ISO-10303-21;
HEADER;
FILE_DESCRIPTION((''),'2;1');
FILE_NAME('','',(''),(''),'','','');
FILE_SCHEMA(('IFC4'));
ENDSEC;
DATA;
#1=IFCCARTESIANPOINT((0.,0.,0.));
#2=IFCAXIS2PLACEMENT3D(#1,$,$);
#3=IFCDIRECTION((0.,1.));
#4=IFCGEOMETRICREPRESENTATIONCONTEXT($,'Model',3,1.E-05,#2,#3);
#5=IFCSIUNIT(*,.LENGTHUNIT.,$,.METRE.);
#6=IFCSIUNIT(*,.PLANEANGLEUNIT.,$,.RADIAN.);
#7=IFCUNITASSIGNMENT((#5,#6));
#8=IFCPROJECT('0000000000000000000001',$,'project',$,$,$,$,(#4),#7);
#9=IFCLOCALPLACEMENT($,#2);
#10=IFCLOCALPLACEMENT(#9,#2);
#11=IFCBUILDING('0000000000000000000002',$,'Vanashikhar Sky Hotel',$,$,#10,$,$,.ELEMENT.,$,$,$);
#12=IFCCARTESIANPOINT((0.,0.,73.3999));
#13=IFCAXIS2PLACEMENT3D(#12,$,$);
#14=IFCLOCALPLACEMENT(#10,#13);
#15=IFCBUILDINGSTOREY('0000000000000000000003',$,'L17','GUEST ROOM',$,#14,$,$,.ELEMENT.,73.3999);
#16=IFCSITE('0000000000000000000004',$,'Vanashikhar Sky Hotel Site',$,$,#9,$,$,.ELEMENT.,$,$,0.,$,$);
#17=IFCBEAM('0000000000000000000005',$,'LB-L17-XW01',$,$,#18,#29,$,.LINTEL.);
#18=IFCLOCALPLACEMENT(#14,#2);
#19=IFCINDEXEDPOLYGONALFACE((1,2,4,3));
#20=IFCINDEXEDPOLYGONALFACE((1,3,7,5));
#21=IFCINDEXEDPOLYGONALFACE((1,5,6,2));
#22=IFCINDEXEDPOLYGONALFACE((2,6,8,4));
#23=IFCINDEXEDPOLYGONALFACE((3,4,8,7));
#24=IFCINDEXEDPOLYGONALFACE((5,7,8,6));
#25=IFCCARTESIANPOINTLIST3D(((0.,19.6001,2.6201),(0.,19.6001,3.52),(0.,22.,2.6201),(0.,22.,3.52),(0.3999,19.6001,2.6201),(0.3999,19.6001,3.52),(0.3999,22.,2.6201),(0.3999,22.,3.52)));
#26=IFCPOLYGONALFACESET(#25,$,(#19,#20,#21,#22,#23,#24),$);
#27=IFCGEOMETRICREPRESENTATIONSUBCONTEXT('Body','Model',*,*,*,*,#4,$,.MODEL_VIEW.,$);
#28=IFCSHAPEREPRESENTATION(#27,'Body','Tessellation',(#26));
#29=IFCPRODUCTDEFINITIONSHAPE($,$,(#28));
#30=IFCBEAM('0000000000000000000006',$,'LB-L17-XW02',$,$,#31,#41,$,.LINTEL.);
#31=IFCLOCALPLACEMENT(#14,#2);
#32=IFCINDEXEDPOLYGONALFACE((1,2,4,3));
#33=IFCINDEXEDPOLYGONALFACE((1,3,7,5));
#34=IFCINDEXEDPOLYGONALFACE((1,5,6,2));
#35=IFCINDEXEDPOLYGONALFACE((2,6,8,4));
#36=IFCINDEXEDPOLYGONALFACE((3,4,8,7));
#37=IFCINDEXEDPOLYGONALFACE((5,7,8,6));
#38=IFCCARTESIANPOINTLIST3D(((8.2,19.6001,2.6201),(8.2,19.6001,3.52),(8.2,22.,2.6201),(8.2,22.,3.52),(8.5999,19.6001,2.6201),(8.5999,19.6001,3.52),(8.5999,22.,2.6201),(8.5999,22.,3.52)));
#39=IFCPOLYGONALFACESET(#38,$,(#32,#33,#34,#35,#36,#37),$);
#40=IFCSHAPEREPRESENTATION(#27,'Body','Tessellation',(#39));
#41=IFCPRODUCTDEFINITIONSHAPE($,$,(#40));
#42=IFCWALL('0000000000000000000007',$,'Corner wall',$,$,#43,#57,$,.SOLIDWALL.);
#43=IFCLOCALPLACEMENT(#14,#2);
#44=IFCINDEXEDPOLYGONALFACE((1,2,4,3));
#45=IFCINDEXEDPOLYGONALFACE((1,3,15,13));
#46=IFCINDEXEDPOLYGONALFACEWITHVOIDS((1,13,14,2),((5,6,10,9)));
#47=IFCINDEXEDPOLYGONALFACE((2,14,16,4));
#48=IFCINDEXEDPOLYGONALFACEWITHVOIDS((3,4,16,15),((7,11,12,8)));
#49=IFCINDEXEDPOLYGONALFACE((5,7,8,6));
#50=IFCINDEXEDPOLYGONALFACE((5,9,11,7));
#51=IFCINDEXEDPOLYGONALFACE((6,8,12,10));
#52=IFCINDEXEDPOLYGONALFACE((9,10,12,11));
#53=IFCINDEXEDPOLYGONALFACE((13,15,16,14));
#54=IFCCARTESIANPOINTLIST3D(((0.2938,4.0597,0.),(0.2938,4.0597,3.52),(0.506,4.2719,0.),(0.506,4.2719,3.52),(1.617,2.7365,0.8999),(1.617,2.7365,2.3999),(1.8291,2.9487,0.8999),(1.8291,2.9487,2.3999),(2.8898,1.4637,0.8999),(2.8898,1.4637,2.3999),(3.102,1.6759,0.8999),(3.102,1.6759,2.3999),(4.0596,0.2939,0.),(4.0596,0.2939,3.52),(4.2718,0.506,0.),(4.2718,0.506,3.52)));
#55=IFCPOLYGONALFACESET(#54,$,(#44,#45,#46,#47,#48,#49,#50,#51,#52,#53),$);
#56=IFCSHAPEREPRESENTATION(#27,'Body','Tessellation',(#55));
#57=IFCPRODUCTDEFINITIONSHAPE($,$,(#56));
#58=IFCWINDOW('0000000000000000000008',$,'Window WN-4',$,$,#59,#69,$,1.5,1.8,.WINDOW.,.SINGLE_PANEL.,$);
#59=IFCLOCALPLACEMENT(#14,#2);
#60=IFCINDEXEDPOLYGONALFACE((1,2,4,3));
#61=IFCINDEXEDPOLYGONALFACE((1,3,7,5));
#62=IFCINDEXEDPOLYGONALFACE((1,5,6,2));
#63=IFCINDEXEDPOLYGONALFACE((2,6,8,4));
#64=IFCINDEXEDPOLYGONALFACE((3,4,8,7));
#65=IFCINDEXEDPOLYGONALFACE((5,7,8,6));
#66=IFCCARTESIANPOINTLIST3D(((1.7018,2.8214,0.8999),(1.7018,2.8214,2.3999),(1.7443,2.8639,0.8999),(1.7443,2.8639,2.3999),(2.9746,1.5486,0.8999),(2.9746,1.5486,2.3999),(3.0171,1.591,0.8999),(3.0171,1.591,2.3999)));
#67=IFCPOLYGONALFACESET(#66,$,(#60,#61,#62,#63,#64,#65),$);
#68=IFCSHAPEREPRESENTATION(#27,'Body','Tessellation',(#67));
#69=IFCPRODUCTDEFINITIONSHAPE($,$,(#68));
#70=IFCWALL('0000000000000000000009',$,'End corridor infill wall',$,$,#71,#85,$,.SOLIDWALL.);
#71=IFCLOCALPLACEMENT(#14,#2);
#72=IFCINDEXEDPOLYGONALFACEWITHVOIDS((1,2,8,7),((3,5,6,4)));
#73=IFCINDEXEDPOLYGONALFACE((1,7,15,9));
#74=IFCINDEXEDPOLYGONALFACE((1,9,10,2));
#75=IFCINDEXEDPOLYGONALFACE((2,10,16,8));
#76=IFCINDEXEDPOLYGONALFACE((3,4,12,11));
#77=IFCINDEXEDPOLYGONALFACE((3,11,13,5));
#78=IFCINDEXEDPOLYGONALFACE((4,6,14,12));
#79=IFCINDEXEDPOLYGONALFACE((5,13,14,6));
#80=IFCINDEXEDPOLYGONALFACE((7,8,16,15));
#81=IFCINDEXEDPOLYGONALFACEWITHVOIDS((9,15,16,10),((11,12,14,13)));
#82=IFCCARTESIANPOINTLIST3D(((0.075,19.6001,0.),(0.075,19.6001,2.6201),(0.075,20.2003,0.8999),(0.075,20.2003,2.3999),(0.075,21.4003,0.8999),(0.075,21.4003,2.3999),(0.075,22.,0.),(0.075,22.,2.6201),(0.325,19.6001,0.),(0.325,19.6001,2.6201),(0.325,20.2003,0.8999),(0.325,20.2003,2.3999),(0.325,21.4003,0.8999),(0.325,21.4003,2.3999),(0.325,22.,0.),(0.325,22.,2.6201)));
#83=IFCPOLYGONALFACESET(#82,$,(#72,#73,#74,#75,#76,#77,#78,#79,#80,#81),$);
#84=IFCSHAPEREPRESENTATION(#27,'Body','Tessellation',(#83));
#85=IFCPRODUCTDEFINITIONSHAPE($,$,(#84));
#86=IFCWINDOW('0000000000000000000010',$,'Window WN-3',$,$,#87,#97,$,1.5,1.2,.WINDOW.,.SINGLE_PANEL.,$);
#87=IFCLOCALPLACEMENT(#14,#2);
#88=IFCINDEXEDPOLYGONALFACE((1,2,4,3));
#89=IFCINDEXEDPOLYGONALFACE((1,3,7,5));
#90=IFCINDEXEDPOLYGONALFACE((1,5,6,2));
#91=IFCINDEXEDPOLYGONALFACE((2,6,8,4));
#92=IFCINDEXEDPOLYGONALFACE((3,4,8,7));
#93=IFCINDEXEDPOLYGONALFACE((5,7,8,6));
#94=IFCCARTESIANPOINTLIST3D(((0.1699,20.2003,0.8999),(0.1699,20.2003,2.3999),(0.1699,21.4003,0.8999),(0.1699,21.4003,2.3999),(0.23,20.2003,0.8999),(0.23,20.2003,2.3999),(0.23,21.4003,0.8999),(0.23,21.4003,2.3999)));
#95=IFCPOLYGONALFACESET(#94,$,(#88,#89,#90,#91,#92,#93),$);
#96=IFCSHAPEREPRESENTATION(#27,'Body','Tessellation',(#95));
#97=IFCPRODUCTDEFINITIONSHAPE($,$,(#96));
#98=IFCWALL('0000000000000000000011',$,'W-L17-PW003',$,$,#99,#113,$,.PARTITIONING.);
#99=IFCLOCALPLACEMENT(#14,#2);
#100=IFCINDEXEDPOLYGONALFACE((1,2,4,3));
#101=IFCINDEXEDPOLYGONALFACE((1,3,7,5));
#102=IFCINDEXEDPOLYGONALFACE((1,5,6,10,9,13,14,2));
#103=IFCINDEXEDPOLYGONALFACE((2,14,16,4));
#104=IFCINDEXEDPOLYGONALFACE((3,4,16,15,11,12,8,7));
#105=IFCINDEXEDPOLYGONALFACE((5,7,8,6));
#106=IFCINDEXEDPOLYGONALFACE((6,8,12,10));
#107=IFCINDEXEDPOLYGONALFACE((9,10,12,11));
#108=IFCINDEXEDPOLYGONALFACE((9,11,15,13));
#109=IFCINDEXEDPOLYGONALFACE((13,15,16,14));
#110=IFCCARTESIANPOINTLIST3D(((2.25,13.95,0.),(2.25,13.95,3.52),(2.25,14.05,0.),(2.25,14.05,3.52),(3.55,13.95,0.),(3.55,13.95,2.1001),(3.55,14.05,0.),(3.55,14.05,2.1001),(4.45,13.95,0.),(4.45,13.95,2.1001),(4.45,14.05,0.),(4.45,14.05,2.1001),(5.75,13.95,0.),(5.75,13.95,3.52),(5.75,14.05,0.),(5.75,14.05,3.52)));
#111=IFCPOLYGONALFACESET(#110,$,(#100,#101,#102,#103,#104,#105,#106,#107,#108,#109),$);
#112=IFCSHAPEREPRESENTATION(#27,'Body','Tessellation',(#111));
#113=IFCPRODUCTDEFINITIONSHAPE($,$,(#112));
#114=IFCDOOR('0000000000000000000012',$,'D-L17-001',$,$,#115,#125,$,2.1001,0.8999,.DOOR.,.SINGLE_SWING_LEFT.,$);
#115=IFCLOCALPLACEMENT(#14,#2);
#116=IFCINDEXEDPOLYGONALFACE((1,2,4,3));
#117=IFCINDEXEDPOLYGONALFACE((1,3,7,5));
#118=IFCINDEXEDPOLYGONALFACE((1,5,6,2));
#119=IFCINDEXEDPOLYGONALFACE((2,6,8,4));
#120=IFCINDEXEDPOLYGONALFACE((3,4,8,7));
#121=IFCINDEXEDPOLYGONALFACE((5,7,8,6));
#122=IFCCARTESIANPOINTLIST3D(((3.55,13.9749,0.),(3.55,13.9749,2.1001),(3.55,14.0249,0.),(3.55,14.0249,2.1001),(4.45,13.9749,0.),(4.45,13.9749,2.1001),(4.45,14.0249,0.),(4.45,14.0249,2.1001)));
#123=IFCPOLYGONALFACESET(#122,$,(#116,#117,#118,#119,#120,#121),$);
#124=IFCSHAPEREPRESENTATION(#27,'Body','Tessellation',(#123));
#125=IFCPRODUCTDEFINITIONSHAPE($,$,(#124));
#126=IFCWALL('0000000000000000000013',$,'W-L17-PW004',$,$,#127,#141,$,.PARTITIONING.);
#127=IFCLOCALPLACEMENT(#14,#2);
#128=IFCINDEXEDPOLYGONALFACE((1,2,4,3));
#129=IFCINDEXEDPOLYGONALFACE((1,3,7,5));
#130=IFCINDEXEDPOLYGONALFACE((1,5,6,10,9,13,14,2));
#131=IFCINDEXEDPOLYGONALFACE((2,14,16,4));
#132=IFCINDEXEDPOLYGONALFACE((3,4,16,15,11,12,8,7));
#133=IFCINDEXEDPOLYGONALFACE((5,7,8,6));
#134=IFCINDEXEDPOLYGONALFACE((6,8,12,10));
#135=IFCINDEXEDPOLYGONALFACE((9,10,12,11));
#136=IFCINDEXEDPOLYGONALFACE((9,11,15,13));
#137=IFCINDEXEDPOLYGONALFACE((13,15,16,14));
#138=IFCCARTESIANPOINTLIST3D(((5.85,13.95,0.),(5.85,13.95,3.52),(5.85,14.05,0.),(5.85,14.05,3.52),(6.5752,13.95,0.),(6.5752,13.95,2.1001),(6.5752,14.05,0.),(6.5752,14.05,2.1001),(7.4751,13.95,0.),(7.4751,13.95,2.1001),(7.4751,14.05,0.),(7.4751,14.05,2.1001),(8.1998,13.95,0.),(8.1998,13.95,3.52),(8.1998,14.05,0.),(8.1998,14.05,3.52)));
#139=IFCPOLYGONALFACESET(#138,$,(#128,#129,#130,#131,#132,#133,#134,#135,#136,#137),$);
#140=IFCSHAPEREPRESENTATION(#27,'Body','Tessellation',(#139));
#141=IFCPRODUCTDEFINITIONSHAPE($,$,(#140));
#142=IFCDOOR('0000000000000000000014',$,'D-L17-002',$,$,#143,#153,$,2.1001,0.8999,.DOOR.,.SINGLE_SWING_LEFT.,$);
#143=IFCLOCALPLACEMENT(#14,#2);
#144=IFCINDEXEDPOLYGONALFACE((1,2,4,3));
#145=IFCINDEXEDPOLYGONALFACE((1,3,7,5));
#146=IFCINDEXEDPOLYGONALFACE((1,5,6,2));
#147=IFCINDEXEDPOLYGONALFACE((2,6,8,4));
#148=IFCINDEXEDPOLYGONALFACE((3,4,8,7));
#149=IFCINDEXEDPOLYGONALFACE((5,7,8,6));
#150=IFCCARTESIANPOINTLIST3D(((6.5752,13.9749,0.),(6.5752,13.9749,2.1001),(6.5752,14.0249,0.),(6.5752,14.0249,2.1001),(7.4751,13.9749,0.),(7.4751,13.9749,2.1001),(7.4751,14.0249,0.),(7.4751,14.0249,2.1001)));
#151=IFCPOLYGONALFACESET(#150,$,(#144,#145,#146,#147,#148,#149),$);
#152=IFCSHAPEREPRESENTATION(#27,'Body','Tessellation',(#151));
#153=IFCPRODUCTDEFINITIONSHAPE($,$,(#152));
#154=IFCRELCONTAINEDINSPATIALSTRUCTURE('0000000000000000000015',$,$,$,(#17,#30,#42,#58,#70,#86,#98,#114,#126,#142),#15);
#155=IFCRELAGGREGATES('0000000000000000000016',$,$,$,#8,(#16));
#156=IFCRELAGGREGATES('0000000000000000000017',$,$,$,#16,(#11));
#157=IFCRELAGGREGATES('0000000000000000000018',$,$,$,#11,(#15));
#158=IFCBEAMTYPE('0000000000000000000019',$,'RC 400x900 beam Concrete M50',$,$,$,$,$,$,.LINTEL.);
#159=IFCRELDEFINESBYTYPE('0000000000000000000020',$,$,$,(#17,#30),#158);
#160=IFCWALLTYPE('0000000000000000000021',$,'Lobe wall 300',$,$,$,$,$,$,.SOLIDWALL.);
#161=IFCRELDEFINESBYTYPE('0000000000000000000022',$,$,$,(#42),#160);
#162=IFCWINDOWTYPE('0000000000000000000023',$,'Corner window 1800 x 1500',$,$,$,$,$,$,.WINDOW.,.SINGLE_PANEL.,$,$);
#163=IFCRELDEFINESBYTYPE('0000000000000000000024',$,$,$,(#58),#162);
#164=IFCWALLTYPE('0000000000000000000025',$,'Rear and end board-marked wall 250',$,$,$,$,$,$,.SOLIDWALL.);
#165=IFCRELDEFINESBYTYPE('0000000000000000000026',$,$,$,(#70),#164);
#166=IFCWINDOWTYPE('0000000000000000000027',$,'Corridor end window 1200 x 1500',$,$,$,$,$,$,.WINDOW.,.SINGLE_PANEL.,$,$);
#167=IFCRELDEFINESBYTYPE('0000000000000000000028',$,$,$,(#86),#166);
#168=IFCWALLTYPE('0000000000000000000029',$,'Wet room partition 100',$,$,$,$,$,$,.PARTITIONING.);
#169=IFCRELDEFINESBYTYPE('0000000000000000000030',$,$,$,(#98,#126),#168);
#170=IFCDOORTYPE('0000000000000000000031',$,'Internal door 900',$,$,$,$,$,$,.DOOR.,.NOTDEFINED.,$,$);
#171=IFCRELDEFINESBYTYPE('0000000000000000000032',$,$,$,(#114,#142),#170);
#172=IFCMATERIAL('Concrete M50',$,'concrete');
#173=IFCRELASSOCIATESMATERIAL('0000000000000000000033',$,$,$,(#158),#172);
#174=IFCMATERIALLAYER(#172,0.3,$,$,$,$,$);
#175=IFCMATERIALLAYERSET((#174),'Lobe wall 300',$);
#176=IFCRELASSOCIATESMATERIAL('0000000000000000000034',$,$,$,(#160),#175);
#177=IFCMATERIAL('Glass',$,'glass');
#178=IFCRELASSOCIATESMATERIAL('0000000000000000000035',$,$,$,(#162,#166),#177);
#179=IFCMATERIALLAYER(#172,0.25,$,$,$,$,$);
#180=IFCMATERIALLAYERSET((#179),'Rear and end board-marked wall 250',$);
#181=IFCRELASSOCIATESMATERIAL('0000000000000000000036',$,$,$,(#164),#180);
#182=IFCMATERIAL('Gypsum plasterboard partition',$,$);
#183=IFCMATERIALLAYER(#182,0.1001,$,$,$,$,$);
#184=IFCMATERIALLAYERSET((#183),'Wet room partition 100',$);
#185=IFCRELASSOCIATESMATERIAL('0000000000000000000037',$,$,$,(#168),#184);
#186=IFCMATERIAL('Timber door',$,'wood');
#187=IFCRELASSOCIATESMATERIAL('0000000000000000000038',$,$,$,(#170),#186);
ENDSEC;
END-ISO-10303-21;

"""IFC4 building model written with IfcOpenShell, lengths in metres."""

from ifc_helpers import new_model, si_unit, direction, frame, frame_2d, origin, origin_2d, place, context, subcontext, project, spatial, rectangle, extrude, source, transform, mapped, material, layer, layer_set, material_profile, profile_set, type_object, element, fill, save


model = new_model("IFC4")

# Units and contexts
model_context = context("Model", 3, precision=1e-05, world=origin(), true_north=direction((0.0, 1.0)))
body_context = subcontext(model_context, "Body", "Model", "MODEL_VIEW")
ifc_project = project(units=[si_unit("LENGTHUNIT", "METRE"), si_unit("PLANEANGLEUNIT", "RADIAN")], contexts=[model_context])

# Site, building, storey
site_placement = place(None, origin())
site = spatial("IfcSite", under=ifc_project, at=site_placement, Name="Vanashikhar Sky Hotel Site", CompositionType="ELEMENT", RefElevation=0.0)
building_placement = place(site_placement, origin())
building = spatial("IfcBuilding", under=site, at=building_placement, Name="Vanashikhar Sky Hotel", CompositionType="ELEMENT")
storey_placement = place(building_placement, frame((0.0, 0.0, 73.3999)))
storey = spatial("IfcBuildingStorey", under=building, at=storey_placement, Name="L17", Description="GUEST ROOM", CompositionType="ELEMENT", Elevation=73.3999)

# Beams
ifc_material_1 = material(Name="Concrete M50", Category="concrete")
ifc_material_profile = material_profile(ifc_material_1, rectangle(XDim=0.3999, YDim=0.8999, at=origin_2d()))
ifc_profile_set = profile_set([ifc_material_profile], Name="RC 400x900 beam Concrete M50")
beam_type = type_object("IfcBeamType", Name="RC 400x900 beam Concrete M50", PredefinedType="LINTEL", material=ifc_profile_set)
shared_shape_1 = source(origin(), body_context, "Body", "SweptSolid", [
    extrude(rectangle(XDim=0.3999, YDim=0.8999, at=origin_2d()), origin(), (0.0, 0.0, 1.0), 2.3999),
])
for number, where, z_axis, x_axis, name in (
    (1, (0.2, 19.6001, 3.0701), (0.0, 1.0, 0.0), (-1.0, 0.0, 0.0), "LB-L17-XW01"),
    (2, (8.3999, 19.6001, 3.0701), (0.0, 1.0, 0.0), (-1.0, 0.0, 0.0), "LB-L17-XW02"),
):
    element("IfcBeam", number, at=place(storey_placement, frame(where, z_axis=z_axis, x_axis=x_axis)), inside=storey, type_object=beam_type, Name=name, PredefinedType="LINTEL", context=body_context, shape_type="MappedRepresentation", body=[
        mapped(shared_shape_1, transform((0.0, 0.0, 0.0), scale=1.0)),
    ])

# Walls, openings, windows
ifc_layer_1 = layer(ifc_material_1, 0.3)
ifc_layer_set_1 = layer_set([ifc_layer_1], Name="Lobe wall 300")
wall_type_1 = type_object("IfcWallType", Name="Lobe wall 300", PredefinedType="SOLIDWALL", material=ifc_layer_set_1)
shared_shape_2 = source(origin(), body_context, "Body", "SweptSolid", [
    extrude(rectangle(XDim=5.3257, YDim=0.3, at=frame_2d((2.6628, 0.0))), origin(), (0.0, 0.0, 1.0), 3.52),
])
wall_1_placement = place(storey_placement, frame((0.3999, 4.1658, 0.0), z_axis=(0.0, 0.0, 1.0), x_axis=(0.707107, -0.707107, 0.0)))
wall_1 = element("IfcWall", 3, at=wall_1_placement, inside=storey, type_object=wall_type_1, Name="Corner wall", PredefinedType="SOLIDWALL", context=body_context, shape_type="MappedRepresentation", body=[
    mapped(shared_shape_2, transform((0.0, 0.0, 0.0), scale=1.0)),
])
shared_shape_3 = source(origin(), body_context, "Body", "SweptSolid", [
    extrude(rectangle(XDim=1.8, YDim=1.5, at=frame_2d((0.8999, 0.75))), frame((0.0, 0.1602, 0.0), z_axis=(0.0, -1.0, 0.0), x_axis=(1.0, 0.0, 0.0)), (0.0, 0.0, 1.0), 0.3201),
])
opening_1_placement = place(wall_1_placement, frame((1.8713, 0.0, 0.8999)))
opening_1 = element("IfcOpeningElement", 4, at=opening_1_placement, cuts=wall_1, PredefinedType="OPENING", context=body_context, shape_type="MappedRepresentation", body=[
    mapped(shared_shape_3, transform((0.0, 0.0, 0.0), scale=1.0)),
])
ifc_material_2 = material(Name="Glass", Category="glass")
window_type_1 = type_object("IfcWindowType", Name="Corner window 1800 x 1500", PartitioningType="SINGLE_PANEL", PredefinedType="WINDOW", material=ifc_material_2)
shared_shape_4 = source(origin(), body_context, "Body", "SweptSolid", [
    extrude(rectangle(XDim=1.8, YDim=1.5, at=frame_2d((0.8999, 0.75))), frame((0.0, 0.03, 0.0), z_axis=(0.0, -1.0, 0.0), x_axis=(1.0, 0.0, 0.0)), (0.0, 0.0, 1.0), 0.0601),
])
window_1_placement = place(opening_1_placement, origin())
window_1 = element("IfcWindow", 5, at=window_1_placement, inside=storey, type_object=window_type_1, Name="Window WN-4", OverallHeight=1.5, OverallWidth=1.8, PartitioningType="SINGLE_PANEL", PredefinedType="WINDOW", context=body_context, shape_type="MappedRepresentation", body=[
    mapped(shared_shape_4, transform((0.0, 0.0, 0.0), scale=1.0)),
])
fill(opening_1, window_1)
ifc_layer_2 = layer(ifc_material_1, 0.25)
ifc_layer_set_2 = layer_set([ifc_layer_2], Name="Rear and end board-marked wall 250")
wall_type_2 = type_object("IfcWallType", Name="Rear and end board-marked wall 250", PredefinedType="SOLIDWALL", material=ifc_layer_set_2)
shared_shape_5 = source(origin(), body_context, "Body", "SweptSolid", [
    extrude(rectangle(XDim=2.3999, YDim=0.25, at=frame_2d((1.2, 0.0))), origin(), (0.0, 0.0, 1.0), 2.6201),
])
wall_2_placement = place(storey_placement, frame((0.2, 19.6001, 0.0), z_axis=(0.0, 0.0, 1.0), x_axis=(0.0, 1.0, 0.0)))
wall_2 = element("IfcWall", 6, at=wall_2_placement, inside=storey, type_object=wall_type_2, Name="End corridor infill wall", PredefinedType="SOLIDWALL", context=body_context, shape_type="MappedRepresentation", body=[
    mapped(shared_shape_5, transform((0.0, 0.0, 0.0), scale=1.0)),
])
shared_shape_6 = source(origin(), body_context, "Body", "SweptSolid", [
    extrude(rectangle(XDim=1.2, YDim=1.5, at=frame_2d((0.6001, 0.75))), frame((0.0, 0.135, 0.0), z_axis=(0.0, -1.0, 0.0), x_axis=(1.0, 0.0, 0.0)), (0.0, 0.0, 1.0), 0.27),
])
opening_2_placement = place(wall_2_placement, frame((0.6001, 0.0, 0.8999)))
opening_2 = element("IfcOpeningElement", 7, at=opening_2_placement, cuts=wall_2, PredefinedType="OPENING", context=body_context, shape_type="MappedRepresentation", body=[
    mapped(shared_shape_6, transform((0.0, 0.0, 0.0), scale=1.0)),
])
window_type_2 = type_object("IfcWindowType", Name="Corridor end window 1200 x 1500", PartitioningType="SINGLE_PANEL", PredefinedType="WINDOW", material=ifc_material_2)
shared_shape_7 = source(origin(), body_context, "Body", "SweptSolid", [
    extrude(rectangle(XDim=1.2, YDim=1.5, at=frame_2d((0.6001, 0.75))), frame((0.0, 0.03, 0.0), z_axis=(0.0, -1.0, 0.0), x_axis=(1.0, 0.0, 0.0)), (0.0, 0.0, 1.0), 0.0601),
])
window_2_placement = place(opening_2_placement, origin())
window_2 = element("IfcWindow", 8, at=window_2_placement, inside=storey, type_object=window_type_2, Name="Window WN-3", OverallHeight=1.5, OverallWidth=1.2, PartitioningType="SINGLE_PANEL", PredefinedType="WINDOW", context=body_context, shape_type="MappedRepresentation", body=[
    mapped(shared_shape_7, transform((0.0, 0.0, 0.0), scale=1.0)),
])
fill(opening_2, window_2)

# Walls, openings, doors
ifc_material_3 = material(Name="Gypsum plasterboard partition")
ifc_layer_3 = layer(ifc_material_3, 0.1001)
ifc_layer_set_3 = layer_set([ifc_layer_3], Name="Wet room partition 100")
wall_type_3 = type_object("IfcWallType", Name="Wet room partition 100", PredefinedType="PARTITIONING", material=ifc_layer_set_3)
shared_shape_8 = source(origin(), body_context, "Body", "SweptSolid", [
    extrude(rectangle(XDim=3.5, YDim=0.1001, at=frame_2d((1.75, 0.0))), origin(), (0.0, 0.0, 1.0), 3.52),
])
wall_3_placement = place(storey_placement, frame((2.25, 14.0, 0.0), z_axis=(0.0, 0.0, 1.0), x_axis=(1.0, 0.0, 0.0)))
wall_3 = element("IfcWall", 9, at=wall_3_placement, inside=storey, type_object=wall_type_3, Name="W-L17-PW003", PredefinedType="PARTITIONING", context=body_context, shape_type="MappedRepresentation", body=[
    mapped(shared_shape_8, transform((0.0, 0.0, 0.0), scale=1.0)),
])
shared_shape_9 = source(origin(), body_context, "Body", "SweptSolid", [
    extrude(rectangle(XDim=0.8999, YDim=2.1001, at=frame_2d((0.45, 1.05))), frame((0.0, 0.0601, 0.0), z_axis=(0.0, -1.0, 0.0), x_axis=(1.0, 0.0, 0.0)), (0.0, 0.0, 1.0), 0.1201),
])
opening_3_placement = place(wall_3_placement, frame((1.3, 0.0, 0.0)))
opening_3 = element("IfcOpeningElement", 10, at=opening_3_placement, cuts=wall_3, PredefinedType="OPENING", context=body_context, shape_type="MappedRepresentation", body=[
    mapped(shared_shape_9, transform((0.0, 0.0, 0.0), scale=1.0)),
])
ifc_material_4 = material(Name="Timber door", Category="wood")
door_type_1 = type_object("IfcDoorType", Name="Internal door 900", OperationType="NOTDEFINED", PredefinedType="DOOR", material=ifc_material_4)
shared_shape_10 = source(origin(), body_context, "Body", "SweptSolid", [
    extrude(rectangle(XDim=0.8999, YDim=2.1001, at=frame_2d((0.45, 1.05))), frame((0.0, 0.0249, 0.0), z_axis=(0.0, -1.0, 0.0), x_axis=(1.0, 0.0, 0.0)), (0.0, 0.0, 1.0), 0.05),
])
door_1_placement = place(opening_3_placement, origin())
door_1 = element("IfcDoor", 11, at=door_1_placement, inside=storey, type_object=door_type_1, Name="D-L17-001", OperationType="SINGLE_SWING_LEFT", OverallHeight=2.1001, OverallWidth=0.8999, PredefinedType="DOOR", context=body_context, shape_type="MappedRepresentation", body=[
    mapped(shared_shape_10, transform((0.0, 0.0, 0.0), scale=1.0)),
])
fill(opening_3, door_1)
shared_shape_11 = source(origin(), body_context, "Body", "SweptSolid", [
    extrude(rectangle(XDim=2.3499, YDim=0.1001, at=frame_2d((1.1748, 0.0))), origin(), (0.0, 0.0, 1.0), 3.52),
])
wall_4_placement = place(storey_placement, frame((5.8501, 14.0, 0.0), z_axis=(0.0, 0.0, 1.0), x_axis=(1.0, 0.0, 0.0)))
wall_4 = element("IfcWall", 12, at=wall_4_placement, inside=storey, type_object=wall_type_3, Name="W-L17-PW004", PredefinedType="PARTITIONING", context=body_context, shape_type="MappedRepresentation", body=[
    mapped(shared_shape_11, transform((0.0, 0.0, 0.0), scale=1.0)),
])
opening_4_placement = place(wall_4_placement, frame((0.7251, 0.0, 0.0)))
opening_4 = element("IfcOpeningElement", 13, at=opening_4_placement, cuts=wall_4, PredefinedType="OPENING", context=body_context, shape_type="MappedRepresentation", body=[
    mapped(shared_shape_9, transform((0.0, 0.0, 0.0), scale=1.0)),
])
door_2_placement = place(opening_4_placement, origin())
door_2 = element("IfcDoor", 14, at=door_2_placement, inside=storey, type_object=door_type_1, Name="D-L17-002", OperationType="SINGLE_SWING_LEFT", OverallHeight=2.1001, OverallWidth=0.8999, PredefinedType="DOOR", context=body_context, shape_type="MappedRepresentation", body=[
    mapped(shared_shape_10, transform((0.0, 0.0, 0.0), scale=1.0)),
])
fill(opening_4, door_2)

save(model, "model.ifc")
